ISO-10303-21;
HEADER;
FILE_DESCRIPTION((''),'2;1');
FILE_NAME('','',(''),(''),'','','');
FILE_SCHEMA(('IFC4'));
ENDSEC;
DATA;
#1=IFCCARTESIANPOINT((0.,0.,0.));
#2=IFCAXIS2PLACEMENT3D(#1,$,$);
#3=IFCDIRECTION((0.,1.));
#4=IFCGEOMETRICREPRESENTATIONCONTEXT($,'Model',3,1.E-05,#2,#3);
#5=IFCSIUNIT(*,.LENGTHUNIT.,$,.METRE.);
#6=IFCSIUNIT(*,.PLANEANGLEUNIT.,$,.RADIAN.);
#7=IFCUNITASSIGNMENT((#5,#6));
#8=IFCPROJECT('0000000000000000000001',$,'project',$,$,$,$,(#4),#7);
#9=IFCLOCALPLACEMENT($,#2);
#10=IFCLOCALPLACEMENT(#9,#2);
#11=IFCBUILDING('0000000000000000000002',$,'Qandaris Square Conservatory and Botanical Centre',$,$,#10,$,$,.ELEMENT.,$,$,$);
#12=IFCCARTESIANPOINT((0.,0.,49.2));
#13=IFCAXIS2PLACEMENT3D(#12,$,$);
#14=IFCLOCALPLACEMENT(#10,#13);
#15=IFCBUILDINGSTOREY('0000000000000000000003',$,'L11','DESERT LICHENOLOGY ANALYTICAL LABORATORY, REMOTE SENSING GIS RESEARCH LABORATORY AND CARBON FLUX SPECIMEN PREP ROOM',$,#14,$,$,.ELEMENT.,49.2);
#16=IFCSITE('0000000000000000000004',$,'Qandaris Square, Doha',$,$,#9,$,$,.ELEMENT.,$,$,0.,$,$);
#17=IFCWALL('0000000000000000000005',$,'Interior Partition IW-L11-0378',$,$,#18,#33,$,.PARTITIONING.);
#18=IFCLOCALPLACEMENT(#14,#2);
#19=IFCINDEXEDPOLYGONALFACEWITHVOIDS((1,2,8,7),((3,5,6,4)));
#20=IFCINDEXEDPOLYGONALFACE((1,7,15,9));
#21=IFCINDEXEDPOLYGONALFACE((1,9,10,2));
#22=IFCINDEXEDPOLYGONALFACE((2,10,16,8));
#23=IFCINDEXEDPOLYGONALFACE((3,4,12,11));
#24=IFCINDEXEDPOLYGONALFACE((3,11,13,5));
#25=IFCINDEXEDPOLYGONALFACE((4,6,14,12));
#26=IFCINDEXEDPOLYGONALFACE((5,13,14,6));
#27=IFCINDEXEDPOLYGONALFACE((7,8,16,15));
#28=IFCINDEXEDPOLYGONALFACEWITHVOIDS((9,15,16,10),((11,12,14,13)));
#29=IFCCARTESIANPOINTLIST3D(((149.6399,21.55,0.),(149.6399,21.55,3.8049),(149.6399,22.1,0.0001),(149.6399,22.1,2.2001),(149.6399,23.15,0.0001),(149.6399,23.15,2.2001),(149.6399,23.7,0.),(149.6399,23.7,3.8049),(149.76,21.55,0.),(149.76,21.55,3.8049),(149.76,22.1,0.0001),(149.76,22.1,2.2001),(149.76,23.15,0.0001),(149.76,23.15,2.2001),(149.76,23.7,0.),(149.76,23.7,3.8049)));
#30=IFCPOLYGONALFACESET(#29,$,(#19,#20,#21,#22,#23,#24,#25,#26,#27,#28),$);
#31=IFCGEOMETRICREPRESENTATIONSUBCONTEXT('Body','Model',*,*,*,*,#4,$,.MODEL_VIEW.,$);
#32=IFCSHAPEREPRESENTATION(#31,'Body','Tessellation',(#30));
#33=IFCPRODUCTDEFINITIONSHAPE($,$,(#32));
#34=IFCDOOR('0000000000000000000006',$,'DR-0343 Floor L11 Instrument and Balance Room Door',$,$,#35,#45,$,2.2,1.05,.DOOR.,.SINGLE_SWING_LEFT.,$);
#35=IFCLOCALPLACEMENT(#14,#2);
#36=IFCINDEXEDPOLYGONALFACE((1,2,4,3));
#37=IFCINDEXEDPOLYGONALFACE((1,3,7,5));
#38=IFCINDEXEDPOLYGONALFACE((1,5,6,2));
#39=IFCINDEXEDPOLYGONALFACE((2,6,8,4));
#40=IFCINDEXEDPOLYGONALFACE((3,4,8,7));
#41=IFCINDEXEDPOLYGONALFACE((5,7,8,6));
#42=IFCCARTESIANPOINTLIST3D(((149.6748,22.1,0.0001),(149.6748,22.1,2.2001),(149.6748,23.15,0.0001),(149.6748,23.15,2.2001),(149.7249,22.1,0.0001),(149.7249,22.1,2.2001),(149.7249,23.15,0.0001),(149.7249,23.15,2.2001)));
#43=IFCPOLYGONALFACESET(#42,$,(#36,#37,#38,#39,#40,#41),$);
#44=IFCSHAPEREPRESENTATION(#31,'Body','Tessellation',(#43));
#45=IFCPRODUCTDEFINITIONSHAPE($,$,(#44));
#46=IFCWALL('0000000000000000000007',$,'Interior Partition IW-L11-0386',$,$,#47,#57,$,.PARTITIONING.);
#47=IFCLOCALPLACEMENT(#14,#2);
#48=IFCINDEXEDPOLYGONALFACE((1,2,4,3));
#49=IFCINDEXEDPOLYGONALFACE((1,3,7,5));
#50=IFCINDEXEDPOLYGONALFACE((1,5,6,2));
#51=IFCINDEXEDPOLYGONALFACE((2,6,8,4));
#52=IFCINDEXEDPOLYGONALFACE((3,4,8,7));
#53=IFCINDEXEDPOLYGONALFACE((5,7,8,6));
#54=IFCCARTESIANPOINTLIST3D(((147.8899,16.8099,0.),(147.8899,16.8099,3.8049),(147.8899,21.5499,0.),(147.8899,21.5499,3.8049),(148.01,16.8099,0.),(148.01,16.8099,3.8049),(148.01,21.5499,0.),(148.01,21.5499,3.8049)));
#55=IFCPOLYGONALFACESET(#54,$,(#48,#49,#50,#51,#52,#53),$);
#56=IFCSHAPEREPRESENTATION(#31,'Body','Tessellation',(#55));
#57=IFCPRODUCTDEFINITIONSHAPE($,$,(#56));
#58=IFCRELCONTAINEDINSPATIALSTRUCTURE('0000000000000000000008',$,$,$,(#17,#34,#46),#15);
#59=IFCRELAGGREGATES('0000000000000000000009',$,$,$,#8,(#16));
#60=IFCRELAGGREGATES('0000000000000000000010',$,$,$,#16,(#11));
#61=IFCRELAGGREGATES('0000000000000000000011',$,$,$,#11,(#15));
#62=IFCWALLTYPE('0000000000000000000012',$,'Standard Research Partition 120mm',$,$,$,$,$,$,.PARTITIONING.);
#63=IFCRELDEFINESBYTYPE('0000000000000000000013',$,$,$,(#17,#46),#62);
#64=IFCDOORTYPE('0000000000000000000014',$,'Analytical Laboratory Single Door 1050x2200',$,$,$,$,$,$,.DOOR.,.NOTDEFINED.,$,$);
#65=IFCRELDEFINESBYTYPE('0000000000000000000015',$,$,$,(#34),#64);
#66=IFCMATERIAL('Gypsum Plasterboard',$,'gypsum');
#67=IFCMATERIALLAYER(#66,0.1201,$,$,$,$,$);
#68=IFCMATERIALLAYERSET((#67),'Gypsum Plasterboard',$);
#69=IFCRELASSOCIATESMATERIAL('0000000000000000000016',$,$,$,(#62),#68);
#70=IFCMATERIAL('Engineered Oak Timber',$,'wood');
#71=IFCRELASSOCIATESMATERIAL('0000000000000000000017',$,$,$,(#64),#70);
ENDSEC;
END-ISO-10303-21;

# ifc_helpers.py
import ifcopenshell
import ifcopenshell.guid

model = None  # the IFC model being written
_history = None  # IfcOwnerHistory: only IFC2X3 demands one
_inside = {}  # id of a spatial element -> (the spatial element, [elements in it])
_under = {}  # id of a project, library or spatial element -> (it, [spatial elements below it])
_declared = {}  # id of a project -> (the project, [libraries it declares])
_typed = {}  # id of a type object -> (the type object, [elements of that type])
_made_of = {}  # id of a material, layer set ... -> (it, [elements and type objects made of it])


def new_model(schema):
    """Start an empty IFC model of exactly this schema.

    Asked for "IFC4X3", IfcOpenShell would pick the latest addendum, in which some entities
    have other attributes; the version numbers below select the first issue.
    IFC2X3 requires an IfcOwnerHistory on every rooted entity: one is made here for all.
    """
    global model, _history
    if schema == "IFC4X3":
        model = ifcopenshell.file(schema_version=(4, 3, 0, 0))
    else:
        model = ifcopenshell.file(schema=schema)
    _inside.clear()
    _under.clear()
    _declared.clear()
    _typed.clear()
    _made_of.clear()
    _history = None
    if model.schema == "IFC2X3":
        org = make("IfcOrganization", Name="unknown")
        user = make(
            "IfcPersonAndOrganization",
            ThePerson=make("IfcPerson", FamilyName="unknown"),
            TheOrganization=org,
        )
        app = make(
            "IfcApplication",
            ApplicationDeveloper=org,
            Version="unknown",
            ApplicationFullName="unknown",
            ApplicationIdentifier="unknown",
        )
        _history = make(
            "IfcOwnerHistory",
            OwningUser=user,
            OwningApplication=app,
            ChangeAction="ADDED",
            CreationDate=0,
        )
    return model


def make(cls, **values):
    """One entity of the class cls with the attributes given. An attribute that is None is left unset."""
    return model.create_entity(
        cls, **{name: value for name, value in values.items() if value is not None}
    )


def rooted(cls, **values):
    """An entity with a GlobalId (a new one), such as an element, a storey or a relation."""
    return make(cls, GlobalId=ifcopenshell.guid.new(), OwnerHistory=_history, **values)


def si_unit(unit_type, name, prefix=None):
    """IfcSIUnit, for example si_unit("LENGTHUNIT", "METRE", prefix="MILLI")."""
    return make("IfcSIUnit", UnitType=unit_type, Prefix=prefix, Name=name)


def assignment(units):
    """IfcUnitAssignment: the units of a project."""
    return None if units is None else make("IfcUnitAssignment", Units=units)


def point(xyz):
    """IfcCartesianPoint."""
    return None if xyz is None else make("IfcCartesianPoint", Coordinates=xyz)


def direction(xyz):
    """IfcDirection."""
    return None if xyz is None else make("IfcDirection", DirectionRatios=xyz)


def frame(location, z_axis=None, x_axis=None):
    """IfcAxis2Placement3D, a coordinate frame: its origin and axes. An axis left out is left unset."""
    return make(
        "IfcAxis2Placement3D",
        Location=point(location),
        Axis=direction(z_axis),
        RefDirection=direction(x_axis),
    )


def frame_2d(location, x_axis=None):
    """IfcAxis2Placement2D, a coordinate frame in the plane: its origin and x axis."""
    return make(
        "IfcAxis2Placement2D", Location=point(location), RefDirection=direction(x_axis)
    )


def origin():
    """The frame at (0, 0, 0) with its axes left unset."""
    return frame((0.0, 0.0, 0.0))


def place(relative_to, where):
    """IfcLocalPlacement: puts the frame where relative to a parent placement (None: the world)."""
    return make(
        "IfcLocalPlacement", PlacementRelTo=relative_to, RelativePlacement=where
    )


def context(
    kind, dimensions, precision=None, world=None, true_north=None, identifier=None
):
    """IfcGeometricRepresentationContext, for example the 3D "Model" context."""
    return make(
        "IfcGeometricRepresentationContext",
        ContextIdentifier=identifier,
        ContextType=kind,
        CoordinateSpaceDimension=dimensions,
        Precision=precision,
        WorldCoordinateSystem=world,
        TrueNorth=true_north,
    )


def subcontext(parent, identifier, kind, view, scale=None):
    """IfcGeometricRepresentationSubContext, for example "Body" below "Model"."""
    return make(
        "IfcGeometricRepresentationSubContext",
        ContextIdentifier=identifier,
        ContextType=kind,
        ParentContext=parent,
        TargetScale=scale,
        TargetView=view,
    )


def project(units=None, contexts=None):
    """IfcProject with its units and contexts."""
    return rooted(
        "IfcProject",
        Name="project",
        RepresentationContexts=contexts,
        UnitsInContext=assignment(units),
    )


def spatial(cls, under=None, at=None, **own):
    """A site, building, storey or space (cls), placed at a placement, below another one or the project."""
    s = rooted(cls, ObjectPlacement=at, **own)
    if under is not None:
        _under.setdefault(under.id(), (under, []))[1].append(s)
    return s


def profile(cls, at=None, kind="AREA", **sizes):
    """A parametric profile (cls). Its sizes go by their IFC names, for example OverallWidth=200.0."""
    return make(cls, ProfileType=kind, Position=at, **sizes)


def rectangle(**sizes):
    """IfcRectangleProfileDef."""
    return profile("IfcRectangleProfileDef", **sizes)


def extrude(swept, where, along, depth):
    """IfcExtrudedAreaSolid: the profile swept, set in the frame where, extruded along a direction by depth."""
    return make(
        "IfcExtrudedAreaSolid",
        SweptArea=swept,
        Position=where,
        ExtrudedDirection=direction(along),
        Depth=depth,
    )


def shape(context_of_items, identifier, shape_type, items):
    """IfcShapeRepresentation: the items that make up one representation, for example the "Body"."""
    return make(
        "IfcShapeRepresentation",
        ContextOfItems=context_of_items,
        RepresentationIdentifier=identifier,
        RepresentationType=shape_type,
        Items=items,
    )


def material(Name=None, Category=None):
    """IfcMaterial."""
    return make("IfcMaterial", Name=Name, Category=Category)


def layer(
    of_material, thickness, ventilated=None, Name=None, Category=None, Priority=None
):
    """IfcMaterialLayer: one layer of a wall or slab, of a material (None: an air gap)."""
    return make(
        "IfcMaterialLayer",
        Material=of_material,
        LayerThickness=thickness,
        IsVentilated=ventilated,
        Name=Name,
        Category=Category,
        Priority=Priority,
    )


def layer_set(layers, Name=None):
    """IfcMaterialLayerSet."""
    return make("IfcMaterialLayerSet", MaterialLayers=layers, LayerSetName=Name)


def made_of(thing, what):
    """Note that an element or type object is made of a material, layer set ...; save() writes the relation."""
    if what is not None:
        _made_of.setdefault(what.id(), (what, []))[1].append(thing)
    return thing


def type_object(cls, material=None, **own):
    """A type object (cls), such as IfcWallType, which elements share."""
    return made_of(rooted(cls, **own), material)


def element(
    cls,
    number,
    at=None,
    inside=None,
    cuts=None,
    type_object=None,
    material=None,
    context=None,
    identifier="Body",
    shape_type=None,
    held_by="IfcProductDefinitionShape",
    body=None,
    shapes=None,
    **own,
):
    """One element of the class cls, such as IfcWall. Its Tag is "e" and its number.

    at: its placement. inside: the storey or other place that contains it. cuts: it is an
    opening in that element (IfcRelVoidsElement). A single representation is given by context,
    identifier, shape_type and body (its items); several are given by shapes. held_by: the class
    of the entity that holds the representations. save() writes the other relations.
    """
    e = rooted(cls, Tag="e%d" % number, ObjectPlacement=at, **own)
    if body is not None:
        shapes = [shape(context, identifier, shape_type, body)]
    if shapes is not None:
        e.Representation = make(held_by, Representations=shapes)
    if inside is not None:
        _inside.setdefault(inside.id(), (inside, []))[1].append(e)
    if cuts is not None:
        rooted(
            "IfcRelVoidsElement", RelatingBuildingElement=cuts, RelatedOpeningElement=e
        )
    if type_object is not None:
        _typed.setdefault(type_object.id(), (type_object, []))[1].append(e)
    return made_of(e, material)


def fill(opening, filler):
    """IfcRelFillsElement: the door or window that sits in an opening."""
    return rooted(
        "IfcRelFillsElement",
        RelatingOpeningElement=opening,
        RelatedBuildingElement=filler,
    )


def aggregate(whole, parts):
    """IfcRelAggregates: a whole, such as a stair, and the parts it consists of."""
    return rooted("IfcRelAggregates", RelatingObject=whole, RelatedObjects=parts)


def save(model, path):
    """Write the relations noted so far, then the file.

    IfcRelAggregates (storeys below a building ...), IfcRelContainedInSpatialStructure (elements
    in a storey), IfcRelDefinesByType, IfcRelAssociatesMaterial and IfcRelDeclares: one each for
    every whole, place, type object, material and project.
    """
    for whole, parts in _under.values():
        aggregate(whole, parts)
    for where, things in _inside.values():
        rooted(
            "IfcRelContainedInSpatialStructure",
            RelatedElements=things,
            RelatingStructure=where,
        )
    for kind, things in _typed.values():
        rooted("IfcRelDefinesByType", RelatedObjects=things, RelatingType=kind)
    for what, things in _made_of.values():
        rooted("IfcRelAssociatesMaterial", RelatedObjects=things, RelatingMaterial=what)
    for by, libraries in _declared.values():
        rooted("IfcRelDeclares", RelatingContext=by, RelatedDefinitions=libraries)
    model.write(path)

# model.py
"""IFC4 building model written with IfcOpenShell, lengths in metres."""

from ifc_helpers import new_model, si_unit, direction, frame, frame_2d, origin, place, context, subcontext, project, spatial, rectangle, extrude, material, layer, layer_set, type_object, element, fill, save


model = new_model("IFC4")

# Units and contexts
model_context = context("Model", 3, precision=1e-05, world=origin(), true_north=direction((0.0, 1.0)))
body_context = subcontext(model_context, "Body", "Model", "MODEL_VIEW")
ifc_project = project(units=[si_unit("LENGTHUNIT", "METRE"), si_unit("PLANEANGLEUNIT", "RADIAN")], contexts=[model_context])

# Site, building, storey
site_placement = place(None, origin())
site = spatial("IfcSite", under=ifc_project, at=site_placement, Name="Qandaris Square, Doha", CompositionType="ELEMENT", RefElevation=0.0)
building_placement = place(site_placement, origin())
building = spatial("IfcBuilding", under=site, at=building_placement, Name="Qandaris Square Conservatory and Botanical Centre", CompositionType="ELEMENT")
storey_placement = place(building_placement, frame((0.0, 0.0, 49.2)))
storey = spatial("IfcBuildingStorey", under=building, at=storey_placement, Name="L11", Description="DESERT LICHENOLOGY ANALYTICAL LABORATORY, REMOTE SENSING GIS RESEARCH LABORATORY AND CARBON FLUX SPECIMEN PREP ROOM", CompositionType="ELEMENT", Elevation=49.2)

# Shared definitions
ifc_material_1 = material(Name="Gypsum Plasterboard", Category="gypsum")
ifc_material_2 = material(Name="Engineered Oak Timber", Category="wood")

# Wall, opening, door
ifc_layer_1 = layer(ifc_material_1, 0.1201)
ifc_layer_set_1 = layer_set([ifc_layer_1], Name="Gypsum Plasterboard")
wall_type_1 = type_object("IfcWallType", Name="Standard Research Partition 120mm", PredefinedType="PARTITIONING", material=ifc_layer_set_1)
wall_1_placement = place(storey_placement, frame((149.7, 23.7, 0.0), z_axis=(0.0, 0.0, 1.0), x_axis=(0.0, -1.0, 0.0)))
wall_1 = element("IfcWall", 1, at=wall_1_placement, inside=storey, type_object=wall_type_1, Name="Interior Partition IW-L11-0378", PredefinedType="PARTITIONING", context=body_context, shape_type="SweptSolid", body=[
    extrude(rectangle(XDim=2.1499, YDim=0.1201, at=frame_2d((1.075, 0.0))), origin(), (0.0, 0.0, 1.0), 3.8049),
])
opening_1_placement = place(wall_1_placement, frame((0.55, 0.0, 0.0)))
opening_1 = element("IfcOpeningElement", 2, at=opening_1_placement, cuts=wall_1, PredefinedType="OPENING", context=body_context, shape_type="SweptSolid", body=[
    extrude(rectangle(XDim=1.05, YDim=2.2, at=frame_2d((0.5249, 1.1001))), frame((0.0, 0.072, 0.0), z_axis=(0.0, -1.0, 0.0), x_axis=(1.0, 0.0, 0.0)), (0.0, 0.0, 1.0), 0.144),
])
door_type_1 = type_object("IfcDoorType", Name="Analytical Laboratory Single Door 1050x2200", OperationType="NOTDEFINED", PredefinedType="DOOR", material=ifc_material_2)
door_1_placement = place(opening_1_placement, origin())
door_1 = element("IfcDoor", 3, at=door_1_placement, inside=storey, type_object=door_type_1, Name="DR-0343 Floor L11 Instrument and Balance Room Door", OperationType="SINGLE_SWING_LEFT", OverallHeight=2.2, OverallWidth=1.05, PredefinedType="DOOR", context=body_context, shape_type="SweptSolid", body=[
    extrude(rectangle(XDim=1.05, YDim=2.2, at=frame_2d((0.5249, 1.1001))), frame((0.0, 0.0249, 0.0), z_axis=(0.0, -1.0, 0.0), x_axis=(1.0, 0.0, 0.0)), (0.0, 0.0, 1.0), 0.05),
])
fill(opening_1, door_1)

# Wall
wall_2_placement = place(storey_placement, frame((147.95, 21.55, 0.0), z_axis=(0.0, 0.0, 1.0), x_axis=(0.0, -1.0, 0.0)))
element("IfcWall", 4, at=wall_2_placement, inside=storey, type_object=wall_type_1, Name="Interior Partition IW-L11-0386", PredefinedType="PARTITIONING", context=body_context, shape_type="SweptSolid", body=[
    extrude(rectangle(XDim=4.74, YDim=0.1201, at=frame_2d((2.3701, 0.0))), origin(), (0.0, 0.0, 1.0), 3.8049),
])

save(model, "model.ifc")
